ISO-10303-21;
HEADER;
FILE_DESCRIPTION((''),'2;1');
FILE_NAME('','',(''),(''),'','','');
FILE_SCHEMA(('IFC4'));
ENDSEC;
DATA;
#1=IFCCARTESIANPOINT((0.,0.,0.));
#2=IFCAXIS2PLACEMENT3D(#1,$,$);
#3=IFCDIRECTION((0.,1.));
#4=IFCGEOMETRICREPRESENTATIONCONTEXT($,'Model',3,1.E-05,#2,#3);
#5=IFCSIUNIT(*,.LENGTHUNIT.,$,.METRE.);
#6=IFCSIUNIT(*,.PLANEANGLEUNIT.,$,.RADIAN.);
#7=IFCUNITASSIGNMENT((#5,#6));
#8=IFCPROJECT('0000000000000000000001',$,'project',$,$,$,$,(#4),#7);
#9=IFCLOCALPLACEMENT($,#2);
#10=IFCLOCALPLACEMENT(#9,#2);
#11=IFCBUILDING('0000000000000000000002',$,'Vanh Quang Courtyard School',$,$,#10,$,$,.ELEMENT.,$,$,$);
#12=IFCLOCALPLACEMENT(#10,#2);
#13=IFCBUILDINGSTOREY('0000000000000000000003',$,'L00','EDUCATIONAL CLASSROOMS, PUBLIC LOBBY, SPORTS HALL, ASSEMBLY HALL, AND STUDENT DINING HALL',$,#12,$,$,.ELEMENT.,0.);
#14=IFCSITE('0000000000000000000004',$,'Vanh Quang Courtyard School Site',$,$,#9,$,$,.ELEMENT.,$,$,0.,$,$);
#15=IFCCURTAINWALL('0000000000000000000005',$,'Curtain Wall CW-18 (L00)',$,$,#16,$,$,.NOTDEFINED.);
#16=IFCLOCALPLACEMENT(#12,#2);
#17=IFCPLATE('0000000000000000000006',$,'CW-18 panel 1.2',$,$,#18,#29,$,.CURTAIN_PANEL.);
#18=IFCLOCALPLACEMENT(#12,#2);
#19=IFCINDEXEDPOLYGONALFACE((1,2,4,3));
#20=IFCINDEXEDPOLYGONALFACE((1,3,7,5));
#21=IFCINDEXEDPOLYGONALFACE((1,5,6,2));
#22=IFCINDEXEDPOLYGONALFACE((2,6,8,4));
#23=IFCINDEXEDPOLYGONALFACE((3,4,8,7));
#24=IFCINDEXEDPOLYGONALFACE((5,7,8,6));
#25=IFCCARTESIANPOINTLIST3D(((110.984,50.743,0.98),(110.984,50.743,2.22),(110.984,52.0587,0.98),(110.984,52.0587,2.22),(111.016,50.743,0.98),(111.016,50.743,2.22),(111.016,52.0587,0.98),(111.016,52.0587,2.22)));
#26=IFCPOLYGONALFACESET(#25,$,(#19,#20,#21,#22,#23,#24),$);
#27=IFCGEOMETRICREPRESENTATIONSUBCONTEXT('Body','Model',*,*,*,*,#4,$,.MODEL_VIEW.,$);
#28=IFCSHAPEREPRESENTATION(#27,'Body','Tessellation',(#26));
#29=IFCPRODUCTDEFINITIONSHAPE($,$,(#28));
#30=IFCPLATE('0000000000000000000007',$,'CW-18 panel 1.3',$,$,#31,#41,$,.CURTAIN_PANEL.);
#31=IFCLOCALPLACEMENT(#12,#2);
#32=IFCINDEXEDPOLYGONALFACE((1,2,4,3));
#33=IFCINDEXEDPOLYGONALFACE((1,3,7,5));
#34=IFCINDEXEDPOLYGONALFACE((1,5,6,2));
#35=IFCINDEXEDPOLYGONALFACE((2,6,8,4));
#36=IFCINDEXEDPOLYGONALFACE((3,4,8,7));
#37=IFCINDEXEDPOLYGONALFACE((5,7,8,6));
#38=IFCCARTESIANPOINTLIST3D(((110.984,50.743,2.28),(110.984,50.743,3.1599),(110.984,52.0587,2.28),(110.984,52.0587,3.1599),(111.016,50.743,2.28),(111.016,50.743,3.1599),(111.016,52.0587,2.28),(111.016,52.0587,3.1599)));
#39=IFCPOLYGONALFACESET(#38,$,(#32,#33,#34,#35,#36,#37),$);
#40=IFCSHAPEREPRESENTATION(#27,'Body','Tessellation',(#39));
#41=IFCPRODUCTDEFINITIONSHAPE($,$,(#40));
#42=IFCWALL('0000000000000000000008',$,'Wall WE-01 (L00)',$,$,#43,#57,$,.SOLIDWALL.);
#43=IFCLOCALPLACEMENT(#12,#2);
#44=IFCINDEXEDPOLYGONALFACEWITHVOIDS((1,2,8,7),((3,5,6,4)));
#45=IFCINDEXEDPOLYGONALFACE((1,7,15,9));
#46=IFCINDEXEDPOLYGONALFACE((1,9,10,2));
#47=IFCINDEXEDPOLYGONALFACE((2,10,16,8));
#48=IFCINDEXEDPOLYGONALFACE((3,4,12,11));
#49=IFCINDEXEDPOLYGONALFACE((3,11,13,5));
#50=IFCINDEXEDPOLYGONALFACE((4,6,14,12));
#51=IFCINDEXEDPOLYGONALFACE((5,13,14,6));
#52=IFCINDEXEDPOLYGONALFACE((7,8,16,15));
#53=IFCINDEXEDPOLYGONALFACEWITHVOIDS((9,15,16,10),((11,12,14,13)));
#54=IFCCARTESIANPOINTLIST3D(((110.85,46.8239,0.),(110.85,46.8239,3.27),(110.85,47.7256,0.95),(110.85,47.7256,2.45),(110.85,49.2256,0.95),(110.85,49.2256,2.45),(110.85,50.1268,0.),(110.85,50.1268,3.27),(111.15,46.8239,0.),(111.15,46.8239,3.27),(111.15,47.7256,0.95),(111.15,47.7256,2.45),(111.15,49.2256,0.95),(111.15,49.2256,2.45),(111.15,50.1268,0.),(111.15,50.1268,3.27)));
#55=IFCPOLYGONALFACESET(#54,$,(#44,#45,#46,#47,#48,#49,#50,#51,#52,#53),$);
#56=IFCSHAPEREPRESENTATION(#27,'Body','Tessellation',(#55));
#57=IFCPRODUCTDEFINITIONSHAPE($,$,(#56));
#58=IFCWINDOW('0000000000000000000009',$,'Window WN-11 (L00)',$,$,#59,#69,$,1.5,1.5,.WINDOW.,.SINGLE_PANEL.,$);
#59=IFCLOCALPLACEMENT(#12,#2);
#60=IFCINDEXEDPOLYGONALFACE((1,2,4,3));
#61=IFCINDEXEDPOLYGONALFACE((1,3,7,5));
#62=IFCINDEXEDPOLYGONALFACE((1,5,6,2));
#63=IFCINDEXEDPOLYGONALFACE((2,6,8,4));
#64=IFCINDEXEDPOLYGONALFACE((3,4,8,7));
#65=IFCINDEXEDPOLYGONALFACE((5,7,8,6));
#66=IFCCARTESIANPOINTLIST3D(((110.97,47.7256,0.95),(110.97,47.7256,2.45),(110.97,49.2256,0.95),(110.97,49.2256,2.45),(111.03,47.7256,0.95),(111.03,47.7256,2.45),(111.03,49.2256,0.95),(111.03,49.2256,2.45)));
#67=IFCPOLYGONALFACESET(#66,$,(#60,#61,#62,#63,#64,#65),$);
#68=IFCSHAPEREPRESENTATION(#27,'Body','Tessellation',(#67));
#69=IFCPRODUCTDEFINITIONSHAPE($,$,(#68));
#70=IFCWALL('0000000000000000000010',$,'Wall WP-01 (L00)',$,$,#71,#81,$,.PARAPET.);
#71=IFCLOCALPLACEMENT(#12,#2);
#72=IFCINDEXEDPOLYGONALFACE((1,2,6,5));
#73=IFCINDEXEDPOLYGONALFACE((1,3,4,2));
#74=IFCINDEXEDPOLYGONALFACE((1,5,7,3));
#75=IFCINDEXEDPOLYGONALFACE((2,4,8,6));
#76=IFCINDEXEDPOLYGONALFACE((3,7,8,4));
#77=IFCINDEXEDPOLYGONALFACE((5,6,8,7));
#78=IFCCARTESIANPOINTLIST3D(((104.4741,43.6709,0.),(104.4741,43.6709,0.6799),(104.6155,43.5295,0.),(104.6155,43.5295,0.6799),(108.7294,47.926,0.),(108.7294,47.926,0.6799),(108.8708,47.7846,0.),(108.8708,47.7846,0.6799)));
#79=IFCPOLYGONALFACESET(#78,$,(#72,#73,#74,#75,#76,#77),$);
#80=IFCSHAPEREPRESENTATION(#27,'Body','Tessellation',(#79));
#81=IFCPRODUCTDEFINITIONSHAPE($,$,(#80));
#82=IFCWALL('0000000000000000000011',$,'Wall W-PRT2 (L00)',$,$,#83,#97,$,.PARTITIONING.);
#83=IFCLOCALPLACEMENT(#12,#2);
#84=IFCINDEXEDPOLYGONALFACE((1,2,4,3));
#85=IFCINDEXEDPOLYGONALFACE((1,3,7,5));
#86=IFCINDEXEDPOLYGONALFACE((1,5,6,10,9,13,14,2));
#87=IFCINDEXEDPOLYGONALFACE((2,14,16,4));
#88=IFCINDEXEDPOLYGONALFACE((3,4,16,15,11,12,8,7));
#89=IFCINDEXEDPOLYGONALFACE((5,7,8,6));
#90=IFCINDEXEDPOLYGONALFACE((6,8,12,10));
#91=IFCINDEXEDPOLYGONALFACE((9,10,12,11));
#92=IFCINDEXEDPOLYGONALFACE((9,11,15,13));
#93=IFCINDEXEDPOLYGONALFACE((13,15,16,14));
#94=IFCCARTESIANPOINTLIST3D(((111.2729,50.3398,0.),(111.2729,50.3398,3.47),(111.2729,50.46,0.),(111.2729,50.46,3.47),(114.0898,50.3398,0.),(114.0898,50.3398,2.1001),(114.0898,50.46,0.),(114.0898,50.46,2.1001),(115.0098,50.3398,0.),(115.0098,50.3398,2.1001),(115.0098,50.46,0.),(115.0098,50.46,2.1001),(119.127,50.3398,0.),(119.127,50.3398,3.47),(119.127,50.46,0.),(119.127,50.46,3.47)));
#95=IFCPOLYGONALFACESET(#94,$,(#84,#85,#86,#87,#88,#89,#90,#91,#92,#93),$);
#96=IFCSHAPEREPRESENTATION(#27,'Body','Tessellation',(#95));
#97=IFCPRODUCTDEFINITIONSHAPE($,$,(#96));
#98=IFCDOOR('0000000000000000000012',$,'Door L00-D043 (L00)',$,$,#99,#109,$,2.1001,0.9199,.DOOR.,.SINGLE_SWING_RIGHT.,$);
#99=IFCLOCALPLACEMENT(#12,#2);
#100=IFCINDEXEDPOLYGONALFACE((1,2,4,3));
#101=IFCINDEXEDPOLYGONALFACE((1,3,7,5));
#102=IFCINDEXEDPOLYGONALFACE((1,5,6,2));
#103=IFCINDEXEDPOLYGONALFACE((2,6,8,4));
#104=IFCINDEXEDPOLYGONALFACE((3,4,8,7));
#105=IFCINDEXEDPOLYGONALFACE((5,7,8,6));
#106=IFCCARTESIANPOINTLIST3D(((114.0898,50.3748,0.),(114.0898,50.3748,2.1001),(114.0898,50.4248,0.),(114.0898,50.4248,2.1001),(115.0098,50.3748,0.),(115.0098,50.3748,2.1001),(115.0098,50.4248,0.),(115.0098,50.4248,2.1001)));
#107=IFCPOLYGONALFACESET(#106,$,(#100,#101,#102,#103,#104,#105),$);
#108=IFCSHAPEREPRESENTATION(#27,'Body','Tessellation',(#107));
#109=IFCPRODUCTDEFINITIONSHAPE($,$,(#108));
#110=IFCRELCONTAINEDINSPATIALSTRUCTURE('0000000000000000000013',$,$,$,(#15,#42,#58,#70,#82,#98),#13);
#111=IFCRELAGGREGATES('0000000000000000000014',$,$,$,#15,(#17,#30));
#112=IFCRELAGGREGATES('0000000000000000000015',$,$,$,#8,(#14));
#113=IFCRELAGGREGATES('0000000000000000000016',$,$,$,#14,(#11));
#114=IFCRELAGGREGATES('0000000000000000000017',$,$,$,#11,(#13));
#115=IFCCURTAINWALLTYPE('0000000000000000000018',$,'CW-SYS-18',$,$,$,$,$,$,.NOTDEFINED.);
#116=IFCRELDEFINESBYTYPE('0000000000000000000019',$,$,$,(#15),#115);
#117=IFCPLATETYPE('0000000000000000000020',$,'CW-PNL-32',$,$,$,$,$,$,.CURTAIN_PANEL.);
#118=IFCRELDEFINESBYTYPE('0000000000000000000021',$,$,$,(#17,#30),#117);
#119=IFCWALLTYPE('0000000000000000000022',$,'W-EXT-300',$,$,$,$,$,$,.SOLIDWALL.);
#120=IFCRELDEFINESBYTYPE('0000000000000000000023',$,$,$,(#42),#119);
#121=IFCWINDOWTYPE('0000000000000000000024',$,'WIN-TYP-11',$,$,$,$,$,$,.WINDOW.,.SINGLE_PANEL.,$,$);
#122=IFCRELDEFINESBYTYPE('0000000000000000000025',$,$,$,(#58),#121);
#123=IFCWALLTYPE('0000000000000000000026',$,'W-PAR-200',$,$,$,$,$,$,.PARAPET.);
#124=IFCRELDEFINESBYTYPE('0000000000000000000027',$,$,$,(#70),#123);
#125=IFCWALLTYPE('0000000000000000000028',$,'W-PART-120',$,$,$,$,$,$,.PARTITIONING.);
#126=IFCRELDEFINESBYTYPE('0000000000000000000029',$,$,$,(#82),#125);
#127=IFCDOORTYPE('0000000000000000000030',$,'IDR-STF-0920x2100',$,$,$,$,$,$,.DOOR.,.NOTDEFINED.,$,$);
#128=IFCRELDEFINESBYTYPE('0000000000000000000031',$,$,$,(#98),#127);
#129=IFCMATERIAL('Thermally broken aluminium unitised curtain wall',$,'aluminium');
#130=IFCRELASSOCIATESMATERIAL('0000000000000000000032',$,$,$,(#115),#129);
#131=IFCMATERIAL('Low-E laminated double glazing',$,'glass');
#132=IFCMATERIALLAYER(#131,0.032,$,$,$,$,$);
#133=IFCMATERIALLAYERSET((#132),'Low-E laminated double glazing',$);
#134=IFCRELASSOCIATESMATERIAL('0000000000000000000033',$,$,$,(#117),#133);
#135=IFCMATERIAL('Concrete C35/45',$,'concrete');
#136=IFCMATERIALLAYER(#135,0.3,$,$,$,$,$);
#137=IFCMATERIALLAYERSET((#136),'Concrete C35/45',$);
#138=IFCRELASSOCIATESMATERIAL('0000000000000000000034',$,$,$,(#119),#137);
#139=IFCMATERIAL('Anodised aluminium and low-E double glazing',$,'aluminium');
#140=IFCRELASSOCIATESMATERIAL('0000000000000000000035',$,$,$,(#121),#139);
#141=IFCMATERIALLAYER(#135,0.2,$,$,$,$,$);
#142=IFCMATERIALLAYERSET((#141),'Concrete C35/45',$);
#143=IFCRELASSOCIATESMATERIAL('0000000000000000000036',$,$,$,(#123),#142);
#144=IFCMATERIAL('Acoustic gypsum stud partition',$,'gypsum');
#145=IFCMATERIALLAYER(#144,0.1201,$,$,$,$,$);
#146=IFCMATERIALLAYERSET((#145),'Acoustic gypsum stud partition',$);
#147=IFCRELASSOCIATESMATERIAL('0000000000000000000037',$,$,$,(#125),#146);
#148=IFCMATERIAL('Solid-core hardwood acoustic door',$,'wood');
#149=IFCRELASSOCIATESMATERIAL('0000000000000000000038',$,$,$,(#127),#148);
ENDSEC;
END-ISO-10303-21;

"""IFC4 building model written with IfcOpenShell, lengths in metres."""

from ifc_helpers import new_model, si_unit, direction, frame, frame_2d, origin, origin_2d, place, context, subcontext, project, spatial, rectangle, extrude, material, layer, layer_set, type_object, element, fill, aggregate, save


model = new_model("IFC4")

# Units and contexts
model_context = context("Model", 3, precision=1e-05, world=origin(), true_north=direction((0.0, 1.0)))
body_context = subcontext(model_context, "Body", "Model", "MODEL_VIEW")
ifc_project = project(units=[si_unit("LENGTHUNIT", "METRE"), si_unit("PLANEANGLEUNIT", "RADIAN")], contexts=[model_context])

# Site, building, storey
site_placement = place(None, origin())
site = spatial("IfcSite", under=ifc_project, at=site_placement, Name="Vanh Quang Courtyard School Site", CompositionType="ELEMENT", RefElevation=0.0)
building_placement = place(site_placement, origin())
building = spatial("IfcBuilding", under=site, at=building_placement, Name="Vanh Quang Courtyard School", CompositionType="ELEMENT")
storey_placement = place(building_placement, origin())
storey = spatial("IfcBuildingStorey", under=building, at=storey_placement, Name="L00", Description="EDUCATIONAL CLASSROOMS, PUBLIC LOBBY, SPORTS HALL, ASSEMBLY HALL, AND STUDENT DINING HALL", CompositionType="ELEMENT", Elevation=0.0)

# Shared definitions
ifc_material_1 = material(Name="Concrete C35/45", Category="concrete")

# Curtain wall
ifc_material_2 = material(Name="Thermally broken aluminium unitised curtain wall", Category="aluminium")
curtain_wall_type_1 = type_object("IfcCurtainWallType", Name="CW-SYS-18", PredefinedType="NOTDEFINED", material=ifc_material_2)
curtain_wall_1_placement = place(storey_placement, origin())
curtain_wall_1 = element("IfcCurtainWall", 1, at=curtain_wall_1_placement, inside=storey, type_object=curtain_wall_type_1, Name="Curtain Wall CW-18 (L00)", PredefinedType="NOTDEFINED")

# Plates
ifc_material_3 = material(Name="Low-E laminated double glazing", Category="glass")
ifc_layer_1 = layer(ifc_material_3, 0.032)
ifc_layer_set_1 = layer_set([ifc_layer_1], Name="Low-E laminated double glazing")
plate_type_1 = type_object("IfcPlateType", Name="CW-PNL-32", PredefinedType="CURTAIN_PANEL", material=ifc_layer_set_1)
plate_1_placement = place(storey_placement, frame((111.0, 51.4009, 0.98), z_axis=(0.0, 0.0, 1.0), x_axis=(0.0, 1.0, 0.0)))
plate_1 = element("IfcPlate", 2, at=plate_1_placement, type_object=plate_type_1, Name="CW-18 panel 1.2", PredefinedType="CURTAIN_PANEL", context=body_context, shape_type="SweptSolid", body=[
    extrude(rectangle(XDim=1.3157, YDim=0.032, at=origin_2d()), origin(), (0.0, 0.0, 1.0), 1.24),
])
plate_2_placement = place(storey_placement, frame((111.0, 51.4009, 2.28), z_axis=(0.0, 0.0, 1.0), x_axis=(0.0, 1.0, 0.0)))
plate_2 = element("IfcPlate", 3, at=plate_2_placement, type_object=plate_type_1, Name="CW-18 panel 1.3", PredefinedType="CURTAIN_PANEL", context=body_context, shape_type="SweptSolid", body=[
    extrude(rectangle(XDim=1.3157, YDim=0.032, at=origin_2d()), origin(), (0.0, 0.0, 1.0), 0.8799),
])
aggregate(curtain_wall_1, [plate_1, plate_2])

# Wall, opening, window
ifc_layer_2 = layer(ifc_material_1, 0.3)
ifc_layer_set_2 = layer_set([ifc_layer_2], Name="Concrete C35/45")
wall_type_1 = type_object("IfcWallType", Name="W-EXT-300", PredefinedType="SOLIDWALL", material=ifc_layer_set_2)
wall_1_placement = place(storey_placement, frame((111.0, 46.824, 0.0), z_axis=(0.0, 0.0, 1.0), x_axis=(0.0, 1.0, 0.0)))
wall_1 = element("IfcWall", 4, at=wall_1_placement, inside=storey, type_object=wall_type_1, Name="Wall WE-01 (L00)", PredefinedType="SOLIDWALL", context=body_context, shape_type="SweptSolid", body=[
    extrude(rectangle(XDim=3.303, YDim=0.3, at=frame_2d((1.6514, 0.0))), origin(), (0.0, 0.0, 1.0), 3.27),
])
opening_1_placement = place(wall_1_placement, frame((0.9016, 0.0, 0.95)))
opening_1 = element("IfcOpeningElement", 5, at=opening_1_placement, cuts=wall_1, PredefinedType="OPENING", context=body_context, shape_type="SweptSolid", body=[
    extrude(rectangle(XDim=1.5, YDim=1.5, at=frame_2d((0.75, 0.75))), frame((0.0, 0.1602, 0.0), z_axis=(0.0, -1.0, 0.0), x_axis=(1.0, 0.0, 0.0)), (0.0, 0.0, 1.0), 0.3201),
])
ifc_material_4 = material(Name="Anodised aluminium and low-E double glazing", Category="aluminium")
window_type = type_object("IfcWindowType", Name="WIN-TYP-11", PartitioningType="SINGLE_PANEL", PredefinedType="WINDOW", material=ifc_material_4)
window_placement = place(opening_1_placement, origin())
window = element("IfcWindow", 6, at=window_placement, inside=storey, type_object=window_type, Name="Window WN-11 (L00)", OverallHeight=1.5, OverallWidth=1.5, PartitioningType="SINGLE_PANEL", PredefinedType="WINDOW", context=body_context, shape_type="SweptSolid", body=[
    extrude(rectangle(XDim=1.5, YDim=1.5, at=frame_2d((0.75, 0.75))), frame((0.0, 0.03, 0.0), z_axis=(0.0, -1.0, 0.0), x_axis=(1.0, 0.0, 0.0)), (0.0, 0.0, 1.0), 0.0601),
])
fill(opening_1, window)

# Wall
ifc_layer_3 = layer(ifc_material_1, 0.2)
ifc_layer_set_3 = layer_set([ifc_layer_3], Name="Concrete C35/45")
wall_type_2 = type_object("IfcWallType", Name="W-PAR-200", PredefinedType="PARAPET", material=ifc_layer_set_3)
wall_2_placement = place(storey_placement, frame((108.8, 47.8552, 0.0), z_axis=(0.0, 0.0, 1.0), x_axis=(-0.707127, -0.707086, 0.0)))
element("IfcWall", 7, at=wall_2_placement, inside=storey, type_object=wall_type_2, Name="Wall WP-01 (L00)", PredefinedType="PARAPET", context=body_context, shape_type="SweptSolid", body=[
    extrude(rectangle(XDim=6.0178, YDim=0.2, at=frame_2d((3.0088, 0.0))), origin(), (0.0, 0.0, 1.0), 0.6799),
])

# Wall, opening, door
ifc_material_5 = material(Name="Acoustic gypsum stud partition", Category="gypsum")
ifc_layer_4 = layer(ifc_material_5, 0.1201)
ifc_layer_set_4 = layer_set([ifc_layer_4], Name="Acoustic gypsum stud partition")
wall_type_3 = type_object("IfcWallType", Name="W-PART-120", PredefinedType="PARTITIONING", material=ifc_layer_set_4)
wall_3_placement = place(storey_placement, frame((111.2729, 50.3999, 0.0), z_axis=(0.0, 0.0, 1.0), x_axis=(1.0, 0.0, 0.0)))
wall_3 = element("IfcWall", 8, at=wall_3_placement, inside=storey, type_object=wall_type_3, Name="Wall W-PRT2 (L00)", PredefinedType="PARTITIONING", context=body_context, shape_type="SweptSolid", body=[
    extrude(rectangle(XDim=7.854, YDim=0.1201, at=frame_2d((3.927, 0.0))), origin(), (0.0, 0.0, 1.0), 3.47),
])
opening_2_placement = place(wall_3_placement, frame((2.8169, 0.0, 0.0)))
opening_2 = element("IfcOpeningElement", 9, at=opening_2_placement, cuts=wall_3, PredefinedType="OPENING", context=body_context, shape_type="SweptSolid", body=[
    extrude(rectangle(XDim=0.9199, YDim=2.1001, at=frame_2d((0.46, 1.05))), frame((0.0, 0.0701, 0.0), z_axis=(0.0, -1.0, 0.0), x_axis=(1.0, 0.0, 0.0)), (0.0, 0.0, 1.0), 0.1401),
])
ifc_material_6 = material(Name="Solid-core hardwood acoustic door", Category="wood")
door_type = type_object("IfcDoorType", Name="IDR-STF-0920x2100", OperationType="NOTDEFINED", PredefinedType="DOOR", material=ifc_material_6)
door_placement = place(opening_2_placement, origin())
door = element("IfcDoor", 10, at=door_placement, inside=storey, type_object=door_type, Name="Door L00-D043 (L00)", OperationType="SINGLE_SWING_RIGHT", OverallHeight=2.1001, OverallWidth=0.9199, PredefinedType="DOOR", context=body_context, shape_type="SweptSolid", body=[
    extrude(rectangle(XDim=0.9199, YDim=2.1001, at=frame_2d((0.46, 1.05))), frame((0.0, 0.0249, 0.0), z_axis=(0.0, -1.0, 0.0), x_axis=(1.0, 0.0, 0.0)), (0.0, 0.0, 1.0), 0.05),
])
fill(opening_2, door)

save(model, "model.ifc")
